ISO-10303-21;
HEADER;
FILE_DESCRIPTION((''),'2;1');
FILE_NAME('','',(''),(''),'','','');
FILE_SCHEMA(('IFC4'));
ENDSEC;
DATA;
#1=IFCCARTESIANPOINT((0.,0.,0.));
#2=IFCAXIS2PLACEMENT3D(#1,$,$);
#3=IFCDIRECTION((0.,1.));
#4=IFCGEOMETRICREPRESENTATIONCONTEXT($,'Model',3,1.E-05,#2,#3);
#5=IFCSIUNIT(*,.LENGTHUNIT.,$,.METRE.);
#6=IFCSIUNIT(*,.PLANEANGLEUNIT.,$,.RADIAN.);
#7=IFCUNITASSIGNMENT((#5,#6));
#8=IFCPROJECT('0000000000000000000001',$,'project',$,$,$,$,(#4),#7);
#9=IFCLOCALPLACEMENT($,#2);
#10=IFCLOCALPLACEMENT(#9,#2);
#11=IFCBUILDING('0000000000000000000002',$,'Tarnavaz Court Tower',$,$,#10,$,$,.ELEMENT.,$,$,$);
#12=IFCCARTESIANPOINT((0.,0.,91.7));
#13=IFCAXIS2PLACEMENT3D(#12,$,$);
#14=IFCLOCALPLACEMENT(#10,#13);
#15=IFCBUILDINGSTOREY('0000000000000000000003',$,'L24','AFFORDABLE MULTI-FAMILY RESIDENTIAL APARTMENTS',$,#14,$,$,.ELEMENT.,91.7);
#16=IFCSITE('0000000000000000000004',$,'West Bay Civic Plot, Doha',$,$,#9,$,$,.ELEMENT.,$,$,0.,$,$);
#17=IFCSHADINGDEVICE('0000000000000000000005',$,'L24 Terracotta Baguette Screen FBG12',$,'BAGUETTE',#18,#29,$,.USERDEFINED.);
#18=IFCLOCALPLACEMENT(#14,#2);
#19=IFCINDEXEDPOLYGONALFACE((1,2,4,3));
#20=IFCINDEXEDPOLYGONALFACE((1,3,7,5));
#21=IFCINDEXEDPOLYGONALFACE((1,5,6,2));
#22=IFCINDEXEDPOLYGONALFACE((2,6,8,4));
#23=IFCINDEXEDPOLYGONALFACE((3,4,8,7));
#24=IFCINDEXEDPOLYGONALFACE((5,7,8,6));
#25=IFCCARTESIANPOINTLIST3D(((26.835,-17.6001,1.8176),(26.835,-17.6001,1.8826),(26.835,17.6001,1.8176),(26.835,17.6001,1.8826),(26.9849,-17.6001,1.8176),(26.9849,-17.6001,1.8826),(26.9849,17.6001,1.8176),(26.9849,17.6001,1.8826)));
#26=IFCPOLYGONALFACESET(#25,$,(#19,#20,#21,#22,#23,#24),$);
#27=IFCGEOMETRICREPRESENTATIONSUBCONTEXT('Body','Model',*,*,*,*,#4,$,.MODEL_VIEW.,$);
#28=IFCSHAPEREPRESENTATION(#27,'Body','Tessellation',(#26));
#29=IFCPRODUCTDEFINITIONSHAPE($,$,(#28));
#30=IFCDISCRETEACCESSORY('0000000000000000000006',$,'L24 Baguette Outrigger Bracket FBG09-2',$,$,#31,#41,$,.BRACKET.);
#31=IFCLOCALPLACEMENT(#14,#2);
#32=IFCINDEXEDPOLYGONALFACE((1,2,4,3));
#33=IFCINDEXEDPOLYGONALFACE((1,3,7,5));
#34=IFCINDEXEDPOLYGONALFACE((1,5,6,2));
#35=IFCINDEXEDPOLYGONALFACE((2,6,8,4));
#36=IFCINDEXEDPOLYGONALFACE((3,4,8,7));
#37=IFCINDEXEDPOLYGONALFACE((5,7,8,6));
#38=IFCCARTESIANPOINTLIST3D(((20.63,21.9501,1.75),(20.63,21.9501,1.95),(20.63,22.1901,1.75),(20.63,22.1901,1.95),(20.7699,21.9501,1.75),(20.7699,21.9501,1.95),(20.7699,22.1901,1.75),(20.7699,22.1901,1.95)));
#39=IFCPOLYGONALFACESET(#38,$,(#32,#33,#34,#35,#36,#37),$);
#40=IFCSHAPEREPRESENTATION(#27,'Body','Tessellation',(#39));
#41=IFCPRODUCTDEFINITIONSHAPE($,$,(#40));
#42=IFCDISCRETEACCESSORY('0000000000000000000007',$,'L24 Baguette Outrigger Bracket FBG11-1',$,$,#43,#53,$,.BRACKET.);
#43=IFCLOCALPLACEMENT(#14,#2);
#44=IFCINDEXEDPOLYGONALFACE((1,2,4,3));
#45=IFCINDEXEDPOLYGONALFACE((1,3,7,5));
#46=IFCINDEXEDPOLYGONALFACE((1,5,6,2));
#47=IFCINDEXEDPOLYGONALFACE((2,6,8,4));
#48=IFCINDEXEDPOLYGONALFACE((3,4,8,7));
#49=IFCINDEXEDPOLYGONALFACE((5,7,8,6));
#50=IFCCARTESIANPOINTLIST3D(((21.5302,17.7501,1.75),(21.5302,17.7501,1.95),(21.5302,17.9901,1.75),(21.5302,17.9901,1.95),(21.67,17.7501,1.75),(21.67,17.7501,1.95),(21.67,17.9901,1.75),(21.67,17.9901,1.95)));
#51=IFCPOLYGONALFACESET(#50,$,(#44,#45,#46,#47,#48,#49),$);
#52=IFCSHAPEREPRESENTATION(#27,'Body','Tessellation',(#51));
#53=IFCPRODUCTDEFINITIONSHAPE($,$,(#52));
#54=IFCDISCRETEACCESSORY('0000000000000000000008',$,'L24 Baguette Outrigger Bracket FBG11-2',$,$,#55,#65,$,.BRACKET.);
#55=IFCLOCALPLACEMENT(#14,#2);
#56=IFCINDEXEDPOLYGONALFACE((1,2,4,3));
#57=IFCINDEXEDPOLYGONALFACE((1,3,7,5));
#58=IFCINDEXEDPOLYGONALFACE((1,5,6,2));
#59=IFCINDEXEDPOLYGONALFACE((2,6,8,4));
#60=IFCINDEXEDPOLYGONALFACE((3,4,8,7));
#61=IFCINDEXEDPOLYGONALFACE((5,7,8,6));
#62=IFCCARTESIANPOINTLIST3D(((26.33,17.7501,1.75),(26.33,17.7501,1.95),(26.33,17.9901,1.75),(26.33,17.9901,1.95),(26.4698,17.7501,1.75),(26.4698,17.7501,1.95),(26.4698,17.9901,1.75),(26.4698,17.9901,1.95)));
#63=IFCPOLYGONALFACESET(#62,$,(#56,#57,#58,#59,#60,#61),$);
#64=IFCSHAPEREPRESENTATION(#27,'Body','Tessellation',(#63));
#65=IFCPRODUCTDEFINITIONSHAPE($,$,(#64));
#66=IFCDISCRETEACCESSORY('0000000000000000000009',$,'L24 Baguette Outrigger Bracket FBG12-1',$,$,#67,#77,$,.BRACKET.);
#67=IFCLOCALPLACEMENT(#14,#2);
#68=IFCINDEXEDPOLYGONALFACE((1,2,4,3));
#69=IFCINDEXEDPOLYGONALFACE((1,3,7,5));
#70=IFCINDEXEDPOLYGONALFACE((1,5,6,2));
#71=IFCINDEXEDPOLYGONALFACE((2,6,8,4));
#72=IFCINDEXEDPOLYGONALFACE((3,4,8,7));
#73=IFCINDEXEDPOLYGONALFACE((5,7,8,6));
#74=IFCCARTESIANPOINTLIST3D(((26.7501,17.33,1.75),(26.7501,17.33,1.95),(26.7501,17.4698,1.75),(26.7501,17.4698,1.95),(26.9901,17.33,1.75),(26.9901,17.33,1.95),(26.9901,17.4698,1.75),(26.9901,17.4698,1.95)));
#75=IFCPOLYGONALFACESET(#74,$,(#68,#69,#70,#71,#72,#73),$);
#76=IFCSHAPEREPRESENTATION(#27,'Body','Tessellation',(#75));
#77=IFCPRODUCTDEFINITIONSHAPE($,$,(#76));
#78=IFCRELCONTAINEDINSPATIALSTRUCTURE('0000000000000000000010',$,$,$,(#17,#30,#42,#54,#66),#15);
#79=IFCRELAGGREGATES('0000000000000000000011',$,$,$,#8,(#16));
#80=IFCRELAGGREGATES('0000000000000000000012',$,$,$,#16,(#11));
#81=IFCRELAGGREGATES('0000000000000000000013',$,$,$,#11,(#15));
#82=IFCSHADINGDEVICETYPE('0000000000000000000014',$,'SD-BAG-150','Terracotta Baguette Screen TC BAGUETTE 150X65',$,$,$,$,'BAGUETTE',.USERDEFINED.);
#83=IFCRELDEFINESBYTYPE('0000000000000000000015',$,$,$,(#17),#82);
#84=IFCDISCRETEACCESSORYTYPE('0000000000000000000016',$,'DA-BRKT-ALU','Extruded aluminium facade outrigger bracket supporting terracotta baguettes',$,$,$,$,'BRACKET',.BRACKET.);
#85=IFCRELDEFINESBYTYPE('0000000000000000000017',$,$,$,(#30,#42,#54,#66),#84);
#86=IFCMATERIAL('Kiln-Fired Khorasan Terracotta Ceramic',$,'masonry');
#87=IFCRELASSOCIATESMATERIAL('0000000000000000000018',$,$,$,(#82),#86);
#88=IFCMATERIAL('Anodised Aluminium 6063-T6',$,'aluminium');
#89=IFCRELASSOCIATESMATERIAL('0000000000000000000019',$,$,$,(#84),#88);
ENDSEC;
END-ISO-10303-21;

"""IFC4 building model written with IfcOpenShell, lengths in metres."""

from ifc_helpers import new_model, si_unit, direction, frame, origin, origin_2d, place, context, subcontext, project, spatial, rectangle, extrude, material, material_profile, profile_set, type_object, element, save


model = new_model("IFC4")

# Units and contexts
model_context = context("Model", 3, precision=1e-05, world=origin(), true_north=direction((0.0, 1.0)))
body_context = subcontext(model_context, "Body", "Model", "MODEL_VIEW")
ifc_project = project(units=[si_unit("LENGTHUNIT", "METRE"), si_unit("PLANEANGLEUNIT", "RADIAN")], contexts=[model_context])

# Site, building, storey
site_placement = place(None, origin())
site = spatial("IfcSite", under=ifc_project, at=site_placement, Name="West Bay Civic Plot, Doha", CompositionType="ELEMENT", RefElevation=0.0)
building_placement = place(site_placement, origin())
building = spatial("IfcBuilding", under=site, at=building_placement, Name="Tarnavaz Court Tower", CompositionType="ELEMENT")
storey_placement = place(building_placement, frame((0.0, 0.0, 91.7)))
storey = spatial("IfcBuildingStorey", under=building, at=storey_placement, Name="L24", Description="AFFORDABLE MULTI-FAMILY RESIDENTIAL APARTMENTS", CompositionType="ELEMENT", Elevation=91.7)

# Shading device
ifc_material_1 = material(Name="Kiln-Fired Khorasan Terracotta Ceramic", Category="masonry")
ifc_material_profile_1 = material_profile(ifc_material_1, rectangle(XDim=0.1499, YDim=0.0649, at=origin_2d()), Name="TC BAGUETTE 150X65")
ifc_profile_set_1 = profile_set([ifc_material_profile_1], Name="Kiln-Fired Khorasan Terracotta Ceramic")
shading_device_type = type_object("IfcShadingDeviceType", Name="SD-BAG-150", Description="Terracotta Baguette Screen TC BAGUETTE 150X65", ElementType="BAGUETTE", PredefinedType="USERDEFINED", material=ifc_profile_set_1)
shading_device_1_placement = place(storey_placement, frame((26.9099, 17.6001, 1.8501), z_axis=(0.0, -1.0, 0.0), x_axis=(1.0, 0.0, 0.0)))
element("IfcShadingDevice", 1, at=shading_device_1_placement, inside=storey, type_object=shading_device_type, Name="L24 Terracotta Baguette Screen FBG12", ObjectType="BAGUETTE", PredefinedType="USERDEFINED", context=body_context, shape_type="SweptSolid", body=[
    extrude(rectangle(XDim=0.1499, YDim=0.0649, at=origin_2d()), origin(), (0.0, 0.0, 1.0), 35.2002),
])

# Discrete accessories
ifc_material_2 = material(Name="Anodised Aluminium 6063-T6", Category="aluminium")
discrete_accessory_type = type_object("IfcDiscreteAccessoryType", Name="DA-BRKT-ALU", Description="Extruded aluminium facade outrigger bracket supporting terracotta baguettes", ElementType="BRACKET", PredefinedType="BRACKET", material=ifc_material_2)
for number, where, z_axis, x_axis, name in (
    (2, (20.7, 22.0701, 1.75), (0.0, 0.0, 1.0), (1.0, 0.0, 0.0), "L24 Baguette Outrigger Bracket FBG09-2"),
    (3, (21.6001, 17.8701, 1.75), (0.0, 0.0, 1.0), (1.0, 0.0, 0.0), "L24 Baguette Outrigger Bracket FBG11-1"),
    (4, (26.3999, 17.8701, 1.75), (0.0, 0.0, 1.0), (1.0, 0.0, 0.0), "L24 Baguette Outrigger Bracket FBG11-2"),
    (5, (26.8701, 17.3999, 1.75), (0.0, 0.0, 1.0), (0.0, -1.0, 0.0), "L24 Baguette Outrigger Bracket FBG12-1"),
):
    element("IfcDiscreteAccessory", number, at=place(storey_placement, frame(where, z_axis=z_axis, x_axis=x_axis)), inside=storey, type_object=discrete_accessory_type, Name=name, PredefinedType="BRACKET", context=body_context, shape_type="SweptSolid", body=[
        extrude(rectangle(XDim=0.1399, YDim=0.24, at=origin_2d()), origin(), (0.0, 0.0, 1.0), 0.2),
    ])

save(model, "model.ifc")
